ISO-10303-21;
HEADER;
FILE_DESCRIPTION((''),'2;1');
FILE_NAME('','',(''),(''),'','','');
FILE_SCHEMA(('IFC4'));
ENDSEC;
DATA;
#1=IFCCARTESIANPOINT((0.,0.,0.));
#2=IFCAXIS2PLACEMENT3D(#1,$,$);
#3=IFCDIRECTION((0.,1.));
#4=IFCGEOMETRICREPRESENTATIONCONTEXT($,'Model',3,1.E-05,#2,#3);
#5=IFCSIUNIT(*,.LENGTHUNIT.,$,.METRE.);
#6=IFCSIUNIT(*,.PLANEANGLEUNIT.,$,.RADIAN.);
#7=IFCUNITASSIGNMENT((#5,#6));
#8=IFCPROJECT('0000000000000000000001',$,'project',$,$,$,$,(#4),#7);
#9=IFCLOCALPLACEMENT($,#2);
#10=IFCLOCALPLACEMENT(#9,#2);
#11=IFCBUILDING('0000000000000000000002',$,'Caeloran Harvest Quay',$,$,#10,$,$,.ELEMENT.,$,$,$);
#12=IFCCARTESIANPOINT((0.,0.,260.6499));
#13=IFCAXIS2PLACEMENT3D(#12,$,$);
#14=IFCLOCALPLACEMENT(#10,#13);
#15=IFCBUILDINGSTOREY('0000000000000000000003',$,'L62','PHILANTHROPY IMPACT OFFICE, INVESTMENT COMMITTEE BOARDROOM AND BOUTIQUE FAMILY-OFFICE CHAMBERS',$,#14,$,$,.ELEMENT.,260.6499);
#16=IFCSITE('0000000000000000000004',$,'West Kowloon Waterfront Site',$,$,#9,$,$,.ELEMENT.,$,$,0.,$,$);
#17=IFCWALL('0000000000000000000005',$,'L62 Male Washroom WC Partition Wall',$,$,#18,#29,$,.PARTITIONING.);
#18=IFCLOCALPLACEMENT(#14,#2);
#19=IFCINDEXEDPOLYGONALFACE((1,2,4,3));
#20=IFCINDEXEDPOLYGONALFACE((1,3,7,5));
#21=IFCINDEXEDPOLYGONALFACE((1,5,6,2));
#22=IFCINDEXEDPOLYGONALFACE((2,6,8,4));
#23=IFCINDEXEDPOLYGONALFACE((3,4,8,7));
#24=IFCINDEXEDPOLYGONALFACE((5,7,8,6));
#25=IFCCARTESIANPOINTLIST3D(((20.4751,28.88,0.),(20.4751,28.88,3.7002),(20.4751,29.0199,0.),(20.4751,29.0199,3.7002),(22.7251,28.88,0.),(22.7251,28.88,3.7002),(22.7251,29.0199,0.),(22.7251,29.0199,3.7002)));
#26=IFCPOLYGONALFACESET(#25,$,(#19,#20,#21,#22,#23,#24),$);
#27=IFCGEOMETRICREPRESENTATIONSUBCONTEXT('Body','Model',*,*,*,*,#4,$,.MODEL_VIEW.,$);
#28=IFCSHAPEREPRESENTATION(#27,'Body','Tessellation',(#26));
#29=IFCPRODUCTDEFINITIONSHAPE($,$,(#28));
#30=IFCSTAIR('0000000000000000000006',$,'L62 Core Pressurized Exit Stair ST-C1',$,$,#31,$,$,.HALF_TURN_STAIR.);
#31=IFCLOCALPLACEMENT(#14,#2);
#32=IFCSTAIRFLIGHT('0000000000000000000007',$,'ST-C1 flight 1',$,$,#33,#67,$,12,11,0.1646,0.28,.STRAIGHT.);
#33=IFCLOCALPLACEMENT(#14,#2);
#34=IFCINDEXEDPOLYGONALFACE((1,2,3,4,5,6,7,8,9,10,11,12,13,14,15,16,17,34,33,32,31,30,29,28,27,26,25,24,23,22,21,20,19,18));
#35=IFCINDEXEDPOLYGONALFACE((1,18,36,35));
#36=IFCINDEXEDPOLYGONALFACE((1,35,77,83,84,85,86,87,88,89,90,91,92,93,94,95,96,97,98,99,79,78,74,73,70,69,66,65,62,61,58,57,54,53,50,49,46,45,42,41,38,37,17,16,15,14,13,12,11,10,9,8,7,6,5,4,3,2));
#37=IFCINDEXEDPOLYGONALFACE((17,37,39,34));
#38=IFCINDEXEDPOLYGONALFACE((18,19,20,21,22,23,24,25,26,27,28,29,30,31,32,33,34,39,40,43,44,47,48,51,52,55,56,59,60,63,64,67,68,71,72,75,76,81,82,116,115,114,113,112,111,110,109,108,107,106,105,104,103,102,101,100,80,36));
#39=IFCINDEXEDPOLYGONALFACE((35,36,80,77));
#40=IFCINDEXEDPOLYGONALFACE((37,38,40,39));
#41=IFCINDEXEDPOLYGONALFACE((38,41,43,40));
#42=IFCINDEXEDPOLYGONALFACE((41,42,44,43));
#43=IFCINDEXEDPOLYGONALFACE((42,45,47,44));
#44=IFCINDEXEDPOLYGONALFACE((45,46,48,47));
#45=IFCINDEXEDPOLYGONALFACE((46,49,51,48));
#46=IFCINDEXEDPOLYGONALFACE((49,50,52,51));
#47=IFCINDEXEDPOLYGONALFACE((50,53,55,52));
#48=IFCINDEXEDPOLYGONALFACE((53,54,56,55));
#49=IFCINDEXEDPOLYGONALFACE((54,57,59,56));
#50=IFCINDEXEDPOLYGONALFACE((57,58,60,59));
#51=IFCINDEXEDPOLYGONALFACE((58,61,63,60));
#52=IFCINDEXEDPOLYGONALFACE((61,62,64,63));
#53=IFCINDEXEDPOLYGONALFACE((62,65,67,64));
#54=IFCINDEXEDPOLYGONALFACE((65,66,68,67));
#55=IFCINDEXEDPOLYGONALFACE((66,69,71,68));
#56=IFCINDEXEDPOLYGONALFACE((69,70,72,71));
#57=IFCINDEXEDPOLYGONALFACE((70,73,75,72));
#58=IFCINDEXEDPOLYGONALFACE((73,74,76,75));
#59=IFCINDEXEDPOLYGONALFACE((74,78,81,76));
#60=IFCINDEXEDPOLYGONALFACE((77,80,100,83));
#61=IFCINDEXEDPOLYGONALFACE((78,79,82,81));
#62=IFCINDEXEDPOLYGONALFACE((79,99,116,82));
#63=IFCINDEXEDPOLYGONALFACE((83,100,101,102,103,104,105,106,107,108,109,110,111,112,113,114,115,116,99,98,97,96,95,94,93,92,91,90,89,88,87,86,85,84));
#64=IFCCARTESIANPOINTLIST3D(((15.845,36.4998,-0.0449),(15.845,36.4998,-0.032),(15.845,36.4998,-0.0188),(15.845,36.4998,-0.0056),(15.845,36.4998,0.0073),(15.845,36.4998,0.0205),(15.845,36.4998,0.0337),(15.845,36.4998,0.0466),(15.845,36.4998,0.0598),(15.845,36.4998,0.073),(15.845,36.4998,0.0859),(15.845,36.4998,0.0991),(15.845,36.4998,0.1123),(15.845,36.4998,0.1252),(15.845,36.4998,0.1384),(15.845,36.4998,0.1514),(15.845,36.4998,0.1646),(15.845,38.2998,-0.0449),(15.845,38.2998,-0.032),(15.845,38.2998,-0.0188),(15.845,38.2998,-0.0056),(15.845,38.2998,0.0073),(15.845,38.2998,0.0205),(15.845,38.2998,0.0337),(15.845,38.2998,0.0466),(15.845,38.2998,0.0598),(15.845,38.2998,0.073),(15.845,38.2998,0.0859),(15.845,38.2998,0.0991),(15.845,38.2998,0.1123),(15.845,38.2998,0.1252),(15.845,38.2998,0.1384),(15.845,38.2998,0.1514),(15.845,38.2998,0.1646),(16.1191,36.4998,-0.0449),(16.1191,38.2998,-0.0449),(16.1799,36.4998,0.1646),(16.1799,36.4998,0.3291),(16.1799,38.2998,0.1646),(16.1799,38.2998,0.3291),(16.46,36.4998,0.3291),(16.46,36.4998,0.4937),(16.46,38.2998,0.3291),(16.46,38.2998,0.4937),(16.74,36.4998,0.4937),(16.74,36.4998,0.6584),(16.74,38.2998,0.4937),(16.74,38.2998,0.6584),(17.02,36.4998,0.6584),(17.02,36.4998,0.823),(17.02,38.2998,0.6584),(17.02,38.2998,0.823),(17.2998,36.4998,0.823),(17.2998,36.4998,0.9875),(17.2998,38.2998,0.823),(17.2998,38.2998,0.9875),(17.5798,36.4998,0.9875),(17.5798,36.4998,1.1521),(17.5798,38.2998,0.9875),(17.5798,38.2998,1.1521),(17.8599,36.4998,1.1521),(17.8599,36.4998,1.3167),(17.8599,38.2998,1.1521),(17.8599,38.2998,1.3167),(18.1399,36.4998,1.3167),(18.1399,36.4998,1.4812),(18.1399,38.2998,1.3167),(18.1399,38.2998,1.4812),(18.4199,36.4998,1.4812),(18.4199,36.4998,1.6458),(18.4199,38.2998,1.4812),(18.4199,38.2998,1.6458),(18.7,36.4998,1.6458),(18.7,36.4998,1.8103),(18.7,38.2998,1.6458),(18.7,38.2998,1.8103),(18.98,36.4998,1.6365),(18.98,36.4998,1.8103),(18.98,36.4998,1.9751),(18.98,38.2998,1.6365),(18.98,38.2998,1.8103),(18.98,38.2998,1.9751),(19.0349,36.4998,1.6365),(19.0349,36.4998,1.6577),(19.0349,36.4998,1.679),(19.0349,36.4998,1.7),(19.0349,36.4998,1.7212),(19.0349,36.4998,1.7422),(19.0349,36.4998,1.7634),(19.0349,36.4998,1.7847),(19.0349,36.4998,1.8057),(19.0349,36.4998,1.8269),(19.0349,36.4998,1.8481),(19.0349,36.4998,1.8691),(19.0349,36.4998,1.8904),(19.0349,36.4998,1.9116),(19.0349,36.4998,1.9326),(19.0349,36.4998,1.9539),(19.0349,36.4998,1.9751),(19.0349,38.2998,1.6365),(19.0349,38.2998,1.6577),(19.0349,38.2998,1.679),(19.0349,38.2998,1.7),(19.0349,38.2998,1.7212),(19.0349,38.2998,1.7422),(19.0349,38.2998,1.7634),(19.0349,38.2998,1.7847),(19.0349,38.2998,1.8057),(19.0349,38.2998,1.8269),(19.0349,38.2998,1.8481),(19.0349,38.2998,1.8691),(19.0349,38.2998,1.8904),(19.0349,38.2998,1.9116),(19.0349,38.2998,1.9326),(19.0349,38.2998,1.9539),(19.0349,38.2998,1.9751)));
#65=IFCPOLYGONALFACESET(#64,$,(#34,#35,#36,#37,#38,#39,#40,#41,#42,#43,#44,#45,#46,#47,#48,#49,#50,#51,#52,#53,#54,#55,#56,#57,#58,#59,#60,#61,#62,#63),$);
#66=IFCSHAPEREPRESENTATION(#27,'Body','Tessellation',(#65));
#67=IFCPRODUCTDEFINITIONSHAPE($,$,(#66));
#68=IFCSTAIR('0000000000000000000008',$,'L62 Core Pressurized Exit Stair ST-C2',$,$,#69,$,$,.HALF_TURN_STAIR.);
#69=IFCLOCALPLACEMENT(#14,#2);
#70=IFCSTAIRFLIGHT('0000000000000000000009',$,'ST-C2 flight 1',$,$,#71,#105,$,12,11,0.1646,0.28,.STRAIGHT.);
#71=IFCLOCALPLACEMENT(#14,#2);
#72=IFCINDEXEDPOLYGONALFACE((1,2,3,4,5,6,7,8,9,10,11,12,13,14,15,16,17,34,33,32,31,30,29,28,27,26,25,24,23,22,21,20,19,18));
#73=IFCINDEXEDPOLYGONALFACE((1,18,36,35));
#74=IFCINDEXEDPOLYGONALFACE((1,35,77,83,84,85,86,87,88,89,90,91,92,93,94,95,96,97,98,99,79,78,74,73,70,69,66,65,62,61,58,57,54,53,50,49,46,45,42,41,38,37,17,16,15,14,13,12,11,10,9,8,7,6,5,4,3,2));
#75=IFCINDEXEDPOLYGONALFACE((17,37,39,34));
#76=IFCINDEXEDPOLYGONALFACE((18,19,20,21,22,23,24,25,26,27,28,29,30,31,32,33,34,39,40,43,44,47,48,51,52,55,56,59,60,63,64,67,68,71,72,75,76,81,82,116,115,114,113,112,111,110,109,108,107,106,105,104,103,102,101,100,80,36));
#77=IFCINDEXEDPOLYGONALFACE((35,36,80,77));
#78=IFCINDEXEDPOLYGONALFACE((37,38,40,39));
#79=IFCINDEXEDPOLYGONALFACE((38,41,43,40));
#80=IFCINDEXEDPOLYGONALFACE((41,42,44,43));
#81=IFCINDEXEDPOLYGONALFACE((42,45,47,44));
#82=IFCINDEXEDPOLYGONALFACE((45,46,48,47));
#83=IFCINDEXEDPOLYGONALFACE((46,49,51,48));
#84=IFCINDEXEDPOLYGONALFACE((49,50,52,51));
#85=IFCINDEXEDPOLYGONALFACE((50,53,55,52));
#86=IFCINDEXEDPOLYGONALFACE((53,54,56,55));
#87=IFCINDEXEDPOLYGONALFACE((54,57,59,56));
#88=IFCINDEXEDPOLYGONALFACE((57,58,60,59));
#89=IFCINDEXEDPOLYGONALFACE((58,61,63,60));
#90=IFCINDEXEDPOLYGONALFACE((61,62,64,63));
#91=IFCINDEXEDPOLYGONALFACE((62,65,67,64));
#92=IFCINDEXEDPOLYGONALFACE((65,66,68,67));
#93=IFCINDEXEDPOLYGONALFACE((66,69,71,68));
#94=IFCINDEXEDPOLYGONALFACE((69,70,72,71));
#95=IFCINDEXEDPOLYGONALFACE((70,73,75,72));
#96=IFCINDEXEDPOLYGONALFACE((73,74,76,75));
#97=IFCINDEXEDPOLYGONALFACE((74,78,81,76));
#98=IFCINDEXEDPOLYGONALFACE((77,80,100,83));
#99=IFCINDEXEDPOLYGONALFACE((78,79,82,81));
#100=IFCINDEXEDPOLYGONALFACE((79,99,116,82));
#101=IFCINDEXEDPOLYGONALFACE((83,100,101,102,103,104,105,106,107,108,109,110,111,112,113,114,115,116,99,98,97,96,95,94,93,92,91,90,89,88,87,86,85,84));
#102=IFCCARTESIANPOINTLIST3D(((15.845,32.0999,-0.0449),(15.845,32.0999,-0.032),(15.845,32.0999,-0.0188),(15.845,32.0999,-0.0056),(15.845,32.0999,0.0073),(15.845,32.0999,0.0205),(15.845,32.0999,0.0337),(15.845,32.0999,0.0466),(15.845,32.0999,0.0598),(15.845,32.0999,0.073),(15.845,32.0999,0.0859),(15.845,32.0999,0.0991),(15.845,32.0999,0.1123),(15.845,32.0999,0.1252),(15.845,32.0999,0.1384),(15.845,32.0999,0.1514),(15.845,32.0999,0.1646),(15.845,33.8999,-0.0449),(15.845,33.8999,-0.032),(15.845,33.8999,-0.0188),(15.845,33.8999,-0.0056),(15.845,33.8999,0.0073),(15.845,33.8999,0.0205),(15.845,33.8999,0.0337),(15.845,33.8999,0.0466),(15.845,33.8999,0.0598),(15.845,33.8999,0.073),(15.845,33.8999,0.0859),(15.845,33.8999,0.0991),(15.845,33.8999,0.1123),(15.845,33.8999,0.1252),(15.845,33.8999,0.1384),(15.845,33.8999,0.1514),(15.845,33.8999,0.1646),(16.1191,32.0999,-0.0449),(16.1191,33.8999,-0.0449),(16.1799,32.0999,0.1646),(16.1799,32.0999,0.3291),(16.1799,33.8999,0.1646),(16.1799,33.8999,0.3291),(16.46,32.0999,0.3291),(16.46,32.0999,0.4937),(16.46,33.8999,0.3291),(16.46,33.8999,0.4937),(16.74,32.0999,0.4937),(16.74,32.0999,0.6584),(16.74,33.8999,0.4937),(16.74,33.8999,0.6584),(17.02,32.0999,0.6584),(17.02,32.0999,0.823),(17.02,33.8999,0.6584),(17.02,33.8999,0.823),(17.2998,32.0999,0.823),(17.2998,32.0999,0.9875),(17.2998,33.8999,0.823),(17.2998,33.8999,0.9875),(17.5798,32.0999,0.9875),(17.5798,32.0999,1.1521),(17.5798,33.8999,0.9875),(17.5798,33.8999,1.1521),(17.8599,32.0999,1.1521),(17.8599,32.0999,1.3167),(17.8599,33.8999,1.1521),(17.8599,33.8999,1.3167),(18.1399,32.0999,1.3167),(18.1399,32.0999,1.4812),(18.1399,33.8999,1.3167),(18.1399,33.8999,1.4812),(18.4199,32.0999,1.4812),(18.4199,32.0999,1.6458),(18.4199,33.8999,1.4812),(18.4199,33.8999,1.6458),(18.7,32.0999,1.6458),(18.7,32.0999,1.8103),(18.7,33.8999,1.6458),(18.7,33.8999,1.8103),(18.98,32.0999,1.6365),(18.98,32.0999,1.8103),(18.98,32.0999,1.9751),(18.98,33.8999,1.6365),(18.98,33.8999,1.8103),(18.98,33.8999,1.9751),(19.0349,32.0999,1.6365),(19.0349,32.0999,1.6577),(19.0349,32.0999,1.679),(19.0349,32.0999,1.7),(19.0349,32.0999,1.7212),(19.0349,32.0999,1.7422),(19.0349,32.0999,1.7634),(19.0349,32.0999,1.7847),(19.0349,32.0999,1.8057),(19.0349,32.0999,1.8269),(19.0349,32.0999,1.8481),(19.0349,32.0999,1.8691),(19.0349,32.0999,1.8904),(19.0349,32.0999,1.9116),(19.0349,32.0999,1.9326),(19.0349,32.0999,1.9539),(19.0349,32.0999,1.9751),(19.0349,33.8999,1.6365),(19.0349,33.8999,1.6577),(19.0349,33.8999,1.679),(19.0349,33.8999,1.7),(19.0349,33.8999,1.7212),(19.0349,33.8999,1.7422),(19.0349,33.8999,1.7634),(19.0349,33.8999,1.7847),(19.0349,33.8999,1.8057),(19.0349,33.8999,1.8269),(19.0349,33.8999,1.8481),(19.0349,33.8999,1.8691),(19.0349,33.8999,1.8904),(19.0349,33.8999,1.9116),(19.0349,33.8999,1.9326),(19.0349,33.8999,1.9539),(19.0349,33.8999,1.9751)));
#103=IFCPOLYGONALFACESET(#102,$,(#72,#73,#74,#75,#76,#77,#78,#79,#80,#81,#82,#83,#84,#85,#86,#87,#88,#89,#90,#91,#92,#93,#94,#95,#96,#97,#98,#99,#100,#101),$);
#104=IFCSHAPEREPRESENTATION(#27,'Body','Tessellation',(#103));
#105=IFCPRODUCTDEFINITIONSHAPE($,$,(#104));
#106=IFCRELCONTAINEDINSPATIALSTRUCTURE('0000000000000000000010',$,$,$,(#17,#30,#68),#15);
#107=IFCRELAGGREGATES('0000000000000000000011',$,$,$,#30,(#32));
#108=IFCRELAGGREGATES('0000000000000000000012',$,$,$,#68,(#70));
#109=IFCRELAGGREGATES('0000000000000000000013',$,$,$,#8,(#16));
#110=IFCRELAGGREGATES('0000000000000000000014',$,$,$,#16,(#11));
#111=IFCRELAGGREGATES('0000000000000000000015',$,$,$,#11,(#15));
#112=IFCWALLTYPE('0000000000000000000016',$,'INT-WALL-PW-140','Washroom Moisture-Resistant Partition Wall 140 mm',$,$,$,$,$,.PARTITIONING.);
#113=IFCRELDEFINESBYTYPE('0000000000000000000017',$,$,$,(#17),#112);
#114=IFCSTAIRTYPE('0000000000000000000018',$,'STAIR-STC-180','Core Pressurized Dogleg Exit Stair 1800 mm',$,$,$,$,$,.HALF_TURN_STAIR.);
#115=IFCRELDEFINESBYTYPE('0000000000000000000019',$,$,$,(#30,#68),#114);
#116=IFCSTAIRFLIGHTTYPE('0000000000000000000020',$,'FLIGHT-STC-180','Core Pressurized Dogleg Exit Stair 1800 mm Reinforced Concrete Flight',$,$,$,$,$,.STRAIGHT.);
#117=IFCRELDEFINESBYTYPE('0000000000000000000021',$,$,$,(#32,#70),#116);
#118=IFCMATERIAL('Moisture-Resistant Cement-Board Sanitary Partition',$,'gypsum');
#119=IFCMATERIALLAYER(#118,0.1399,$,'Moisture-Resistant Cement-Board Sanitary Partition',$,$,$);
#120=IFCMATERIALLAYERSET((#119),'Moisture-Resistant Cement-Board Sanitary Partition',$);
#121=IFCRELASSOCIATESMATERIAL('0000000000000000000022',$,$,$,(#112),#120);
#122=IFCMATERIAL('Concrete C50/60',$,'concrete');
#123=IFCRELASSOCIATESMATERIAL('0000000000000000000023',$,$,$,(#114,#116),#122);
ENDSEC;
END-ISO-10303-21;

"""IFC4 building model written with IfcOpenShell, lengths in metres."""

from ifc_helpers import new_model, si_unit, direction, frame, frame_2d, origin, place, context, subcontext, project, spatial, polyline, rectangle, outline, extrude, material, layer, layer_set, type_object, element, aggregate, save


model = new_model("IFC4")

# Units and contexts
model_context = context("Model", 3, precision=1e-05, world=origin(), true_north=direction((0.0, 1.0)))
body_context = subcontext(model_context, "Body", "Model", "MODEL_VIEW")
ifc_project = project(units=[si_unit("LENGTHUNIT", "METRE"), si_unit("PLANEANGLEUNIT", "RADIAN")], contexts=[model_context])

# Site, building, storey
site_placement = place(None, origin())
site = spatial("IfcSite", under=ifc_project, at=site_placement, Name="West Kowloon Waterfront Site", CompositionType="ELEMENT", RefElevation=0.0)
building_placement = place(site_placement, origin())
building = spatial("IfcBuilding", under=site, at=building_placement, Name="Caeloran Harvest Quay", CompositionType="ELEMENT")
storey_placement = place(building_placement, frame((0.0, 0.0, 260.6499)))
storey = spatial("IfcBuildingStorey", under=building, at=storey_placement, Name="L62", Description="PHILANTHROPY IMPACT OFFICE, INVESTMENT COMMITTEE BOARDROOM AND BOUTIQUE FAMILY-OFFICE CHAMBERS", CompositionType="ELEMENT", Elevation=260.6499)

# Shared definitions
ifc_material_1 = material(Name="Moisture-Resistant Cement-Board Sanitary Partition", Category="gypsum")
ifc_layer_1 = layer(ifc_material_1, 0.1399, Name="Moisture-Resistant Cement-Board Sanitary Partition")
ifc_layer_set_1 = layer_set([ifc_layer_1], Name="Moisture-Resistant Cement-Board Sanitary Partition")
wall_type = type_object("IfcWallType", Name="INT-WALL-PW-140", Description="Washroom Moisture-Resistant Partition Wall 140 mm", PredefinedType="PARTITIONING", material=ifc_layer_set_1)

# Wall
wall_1_placement = place(storey_placement, frame((20.4751, 28.95, 0.0), z_axis=(0.0, 0.0, 1.0), x_axis=(1.0, 0.0, 0.0)))
element("IfcWall", 1, at=wall_1_placement, inside=storey, type_object=wall_type, Name="L62 Male Washroom WC Partition Wall", PredefinedType="PARTITIONING", context=body_context, shape_type="SweptSolid", body=[
    extrude(rectangle(XDim=2.25, YDim=0.1399, at=frame_2d((1.125, 0.0))), origin(), (0.0, 0.0, 1.0), 3.7002),
])

# Stair, stair flight
ifc_material_2 = material(Name="Concrete C50/60", Category="concrete")
stair_type = type_object("IfcStairType", Name="STAIR-STC-180", Description="Core Pressurized Dogleg Exit Stair 1800 mm", PredefinedType="HALF_TURN_STAIR", material=ifc_material_2)
stair_1_placement = place(storey_placement, origin())
stair_1 = element("IfcStair", 2, at=stair_1_placement, inside=storey, type_object=stair_type, Name="L62 Core Pressurized Exit Stair ST-C1", PredefinedType="HALF_TURN_STAIR")
stair_flight_type = type_object("IfcStairFlightType", Name="FLIGHT-STC-180", Description="Core Pressurized Dogleg Exit Stair 1800 mm Reinforced Concrete Flight", PredefinedType="STRAIGHT", material=ifc_material_2)
stair_flight_1_placement = place(storey_placement, frame((15.8999, 37.3999, 0.0), z_axis=(0.0, 0.0, 1.0), x_axis=(1.0, 0.0, 0.0)))
stair_flight_1 = element("IfcStairFlight", 3, at=stair_flight_1_placement, type_object=stair_flight_type, Name="ST-C1 flight 1", NumberOfRisers=12, NumberOfTreads=11, PredefinedType="STRAIGHT", RiserHeight=0.1646, TreadLength=0.28, context=body_context, shape_type="SweptSolid", body=[
    extrude(outline(polyline([(-0.0549, -0.0449), (-0.0549, -0.032), (-0.0549, -0.0188), (-0.0549, -0.0056), (-0.0549, 0.0073), (-0.0549, 0.0205), (-0.0549, 0.0337), (-0.0549, 0.0466), (-0.0549, 0.0598), (-0.0549, 0.073), (-0.0549, 0.0859), (-0.0549, 0.0991), (-0.0549, 0.1123), (-0.0549, 0.1252), (-0.0549, 0.1384), (-0.0549, 0.1514), (-0.0549, 0.1646), (0.28, 0.1646), (0.28, 0.3291), (0.5601, 0.3291), (0.5601, 0.4937), (0.8401, 0.4937), (0.8401, 0.6584), (1.1201, 0.6584), (1.1201, 0.823), (1.3999, 0.823), (1.3999, 0.9875), (1.6799, 0.9875), (1.6799, 1.1521), (1.96, 1.1521), (1.96, 1.3167), (2.24, 1.3167), (2.24, 1.4812), (2.52, 1.4812), (2.52, 1.6458), (2.8, 1.6458), (2.8, 1.8103), (3.0801, 1.8103), (3.0801, 1.9751), (3.135, 1.9751), (3.135, 1.9539), (3.135, 1.9326), (3.135, 1.9116), (3.135, 1.8904), (3.135, 1.8691), (3.135, 1.8481), (3.135, 1.8269), (3.135, 1.8057), (3.135, 1.7847), (3.135, 1.7634), (3.135, 1.7422), (3.135, 1.7212), (3.135, 1.7), (3.135, 1.679), (3.135, 1.6577), (3.135, 1.6365), (3.0801, 1.6365), (0.2192, -0.0449), (-0.0549, -0.0449)])), frame((0.0, 0.8999, 0.0), z_axis=(0.0, -1.0, 0.0), x_axis=(1.0, 0.0, 0.0)), (0.0, 0.0, 1.0), 1.8),
])
aggregate(stair_1, [stair_flight_1])

# Stair, stair flight
stair_2_placement = place(storey_placement, origin())
stair_2 = element("IfcStair", 4, at=stair_2_placement, inside=storey, type_object=stair_type, Name="L62 Core Pressurized Exit Stair ST-C2", PredefinedType="HALF_TURN_STAIR")
stair_flight_2_placement = place(storey_placement, frame((15.8999, 33.0, 0.0), z_axis=(0.0, 0.0, 1.0), x_axis=(1.0, 0.0, 0.0)))
stair_flight_2 = element("IfcStairFlight", 5, at=stair_flight_2_placement, type_object=stair_flight_type, Name="ST-C2 flight 1", NumberOfRisers=12, NumberOfTreads=11, PredefinedType="STRAIGHT", RiserHeight=0.1646, TreadLength=0.28, context=body_context, shape_type="SweptSolid", body=[
    extrude(outline(polyline([(-0.0549, -0.0449), (-0.0549, -0.032), (-0.0549, -0.0188), (-0.0549, -0.0056), (-0.0549, 0.0073), (-0.0549, 0.0205), (-0.0549, 0.0337), (-0.0549, 0.0466), (-0.0549, 0.0598), (-0.0549, 0.073), (-0.0549, 0.0859), (-0.0549, 0.0991), (-0.0549, 0.1123), (-0.0549, 0.1252), (-0.0549, 0.1384), (-0.0549, 0.1514), (-0.0549, 0.1646), (0.28, 0.1646), (0.28, 0.3291), (0.5601, 0.3291), (0.5601, 0.4937), (0.8401, 0.4937), (0.8401, 0.6584), (1.1201, 0.6584), (1.1201, 0.823), (1.3999, 0.823), (1.3999, 0.9875), (1.6799, 0.9875), (1.6799, 1.1521), (1.96, 1.1521), (1.96, 1.3167), (2.24, 1.3167), (2.24, 1.4812), (2.52, 1.4812), (2.52, 1.6458), (2.8, 1.6458), (2.8, 1.8103), (3.0801, 1.8103), (3.0801, 1.9751), (3.135, 1.9751), (3.135, 1.9539), (3.135, 1.9326), (3.135, 1.9116), (3.135, 1.8904), (3.135, 1.8691), (3.135, 1.8481), (3.135, 1.8269), (3.135, 1.8057), (3.135, 1.7847), (3.135, 1.7634), (3.135, 1.7422), (3.135, 1.7212), (3.135, 1.7), (3.135, 1.679), (3.135, 1.6577), (3.135, 1.6365), (3.0801, 1.6365), (0.2192, -0.0449), (-0.0549, -0.0449)])), frame((0.0, 0.8999, 0.0), z_axis=(0.0, -1.0, 0.0), x_axis=(1.0, 0.0, 0.0)), (0.0, 0.0, 1.0), 1.8),
])
aggregate(stair_2, [stair_flight_2])

save(model, "model.ifc")
